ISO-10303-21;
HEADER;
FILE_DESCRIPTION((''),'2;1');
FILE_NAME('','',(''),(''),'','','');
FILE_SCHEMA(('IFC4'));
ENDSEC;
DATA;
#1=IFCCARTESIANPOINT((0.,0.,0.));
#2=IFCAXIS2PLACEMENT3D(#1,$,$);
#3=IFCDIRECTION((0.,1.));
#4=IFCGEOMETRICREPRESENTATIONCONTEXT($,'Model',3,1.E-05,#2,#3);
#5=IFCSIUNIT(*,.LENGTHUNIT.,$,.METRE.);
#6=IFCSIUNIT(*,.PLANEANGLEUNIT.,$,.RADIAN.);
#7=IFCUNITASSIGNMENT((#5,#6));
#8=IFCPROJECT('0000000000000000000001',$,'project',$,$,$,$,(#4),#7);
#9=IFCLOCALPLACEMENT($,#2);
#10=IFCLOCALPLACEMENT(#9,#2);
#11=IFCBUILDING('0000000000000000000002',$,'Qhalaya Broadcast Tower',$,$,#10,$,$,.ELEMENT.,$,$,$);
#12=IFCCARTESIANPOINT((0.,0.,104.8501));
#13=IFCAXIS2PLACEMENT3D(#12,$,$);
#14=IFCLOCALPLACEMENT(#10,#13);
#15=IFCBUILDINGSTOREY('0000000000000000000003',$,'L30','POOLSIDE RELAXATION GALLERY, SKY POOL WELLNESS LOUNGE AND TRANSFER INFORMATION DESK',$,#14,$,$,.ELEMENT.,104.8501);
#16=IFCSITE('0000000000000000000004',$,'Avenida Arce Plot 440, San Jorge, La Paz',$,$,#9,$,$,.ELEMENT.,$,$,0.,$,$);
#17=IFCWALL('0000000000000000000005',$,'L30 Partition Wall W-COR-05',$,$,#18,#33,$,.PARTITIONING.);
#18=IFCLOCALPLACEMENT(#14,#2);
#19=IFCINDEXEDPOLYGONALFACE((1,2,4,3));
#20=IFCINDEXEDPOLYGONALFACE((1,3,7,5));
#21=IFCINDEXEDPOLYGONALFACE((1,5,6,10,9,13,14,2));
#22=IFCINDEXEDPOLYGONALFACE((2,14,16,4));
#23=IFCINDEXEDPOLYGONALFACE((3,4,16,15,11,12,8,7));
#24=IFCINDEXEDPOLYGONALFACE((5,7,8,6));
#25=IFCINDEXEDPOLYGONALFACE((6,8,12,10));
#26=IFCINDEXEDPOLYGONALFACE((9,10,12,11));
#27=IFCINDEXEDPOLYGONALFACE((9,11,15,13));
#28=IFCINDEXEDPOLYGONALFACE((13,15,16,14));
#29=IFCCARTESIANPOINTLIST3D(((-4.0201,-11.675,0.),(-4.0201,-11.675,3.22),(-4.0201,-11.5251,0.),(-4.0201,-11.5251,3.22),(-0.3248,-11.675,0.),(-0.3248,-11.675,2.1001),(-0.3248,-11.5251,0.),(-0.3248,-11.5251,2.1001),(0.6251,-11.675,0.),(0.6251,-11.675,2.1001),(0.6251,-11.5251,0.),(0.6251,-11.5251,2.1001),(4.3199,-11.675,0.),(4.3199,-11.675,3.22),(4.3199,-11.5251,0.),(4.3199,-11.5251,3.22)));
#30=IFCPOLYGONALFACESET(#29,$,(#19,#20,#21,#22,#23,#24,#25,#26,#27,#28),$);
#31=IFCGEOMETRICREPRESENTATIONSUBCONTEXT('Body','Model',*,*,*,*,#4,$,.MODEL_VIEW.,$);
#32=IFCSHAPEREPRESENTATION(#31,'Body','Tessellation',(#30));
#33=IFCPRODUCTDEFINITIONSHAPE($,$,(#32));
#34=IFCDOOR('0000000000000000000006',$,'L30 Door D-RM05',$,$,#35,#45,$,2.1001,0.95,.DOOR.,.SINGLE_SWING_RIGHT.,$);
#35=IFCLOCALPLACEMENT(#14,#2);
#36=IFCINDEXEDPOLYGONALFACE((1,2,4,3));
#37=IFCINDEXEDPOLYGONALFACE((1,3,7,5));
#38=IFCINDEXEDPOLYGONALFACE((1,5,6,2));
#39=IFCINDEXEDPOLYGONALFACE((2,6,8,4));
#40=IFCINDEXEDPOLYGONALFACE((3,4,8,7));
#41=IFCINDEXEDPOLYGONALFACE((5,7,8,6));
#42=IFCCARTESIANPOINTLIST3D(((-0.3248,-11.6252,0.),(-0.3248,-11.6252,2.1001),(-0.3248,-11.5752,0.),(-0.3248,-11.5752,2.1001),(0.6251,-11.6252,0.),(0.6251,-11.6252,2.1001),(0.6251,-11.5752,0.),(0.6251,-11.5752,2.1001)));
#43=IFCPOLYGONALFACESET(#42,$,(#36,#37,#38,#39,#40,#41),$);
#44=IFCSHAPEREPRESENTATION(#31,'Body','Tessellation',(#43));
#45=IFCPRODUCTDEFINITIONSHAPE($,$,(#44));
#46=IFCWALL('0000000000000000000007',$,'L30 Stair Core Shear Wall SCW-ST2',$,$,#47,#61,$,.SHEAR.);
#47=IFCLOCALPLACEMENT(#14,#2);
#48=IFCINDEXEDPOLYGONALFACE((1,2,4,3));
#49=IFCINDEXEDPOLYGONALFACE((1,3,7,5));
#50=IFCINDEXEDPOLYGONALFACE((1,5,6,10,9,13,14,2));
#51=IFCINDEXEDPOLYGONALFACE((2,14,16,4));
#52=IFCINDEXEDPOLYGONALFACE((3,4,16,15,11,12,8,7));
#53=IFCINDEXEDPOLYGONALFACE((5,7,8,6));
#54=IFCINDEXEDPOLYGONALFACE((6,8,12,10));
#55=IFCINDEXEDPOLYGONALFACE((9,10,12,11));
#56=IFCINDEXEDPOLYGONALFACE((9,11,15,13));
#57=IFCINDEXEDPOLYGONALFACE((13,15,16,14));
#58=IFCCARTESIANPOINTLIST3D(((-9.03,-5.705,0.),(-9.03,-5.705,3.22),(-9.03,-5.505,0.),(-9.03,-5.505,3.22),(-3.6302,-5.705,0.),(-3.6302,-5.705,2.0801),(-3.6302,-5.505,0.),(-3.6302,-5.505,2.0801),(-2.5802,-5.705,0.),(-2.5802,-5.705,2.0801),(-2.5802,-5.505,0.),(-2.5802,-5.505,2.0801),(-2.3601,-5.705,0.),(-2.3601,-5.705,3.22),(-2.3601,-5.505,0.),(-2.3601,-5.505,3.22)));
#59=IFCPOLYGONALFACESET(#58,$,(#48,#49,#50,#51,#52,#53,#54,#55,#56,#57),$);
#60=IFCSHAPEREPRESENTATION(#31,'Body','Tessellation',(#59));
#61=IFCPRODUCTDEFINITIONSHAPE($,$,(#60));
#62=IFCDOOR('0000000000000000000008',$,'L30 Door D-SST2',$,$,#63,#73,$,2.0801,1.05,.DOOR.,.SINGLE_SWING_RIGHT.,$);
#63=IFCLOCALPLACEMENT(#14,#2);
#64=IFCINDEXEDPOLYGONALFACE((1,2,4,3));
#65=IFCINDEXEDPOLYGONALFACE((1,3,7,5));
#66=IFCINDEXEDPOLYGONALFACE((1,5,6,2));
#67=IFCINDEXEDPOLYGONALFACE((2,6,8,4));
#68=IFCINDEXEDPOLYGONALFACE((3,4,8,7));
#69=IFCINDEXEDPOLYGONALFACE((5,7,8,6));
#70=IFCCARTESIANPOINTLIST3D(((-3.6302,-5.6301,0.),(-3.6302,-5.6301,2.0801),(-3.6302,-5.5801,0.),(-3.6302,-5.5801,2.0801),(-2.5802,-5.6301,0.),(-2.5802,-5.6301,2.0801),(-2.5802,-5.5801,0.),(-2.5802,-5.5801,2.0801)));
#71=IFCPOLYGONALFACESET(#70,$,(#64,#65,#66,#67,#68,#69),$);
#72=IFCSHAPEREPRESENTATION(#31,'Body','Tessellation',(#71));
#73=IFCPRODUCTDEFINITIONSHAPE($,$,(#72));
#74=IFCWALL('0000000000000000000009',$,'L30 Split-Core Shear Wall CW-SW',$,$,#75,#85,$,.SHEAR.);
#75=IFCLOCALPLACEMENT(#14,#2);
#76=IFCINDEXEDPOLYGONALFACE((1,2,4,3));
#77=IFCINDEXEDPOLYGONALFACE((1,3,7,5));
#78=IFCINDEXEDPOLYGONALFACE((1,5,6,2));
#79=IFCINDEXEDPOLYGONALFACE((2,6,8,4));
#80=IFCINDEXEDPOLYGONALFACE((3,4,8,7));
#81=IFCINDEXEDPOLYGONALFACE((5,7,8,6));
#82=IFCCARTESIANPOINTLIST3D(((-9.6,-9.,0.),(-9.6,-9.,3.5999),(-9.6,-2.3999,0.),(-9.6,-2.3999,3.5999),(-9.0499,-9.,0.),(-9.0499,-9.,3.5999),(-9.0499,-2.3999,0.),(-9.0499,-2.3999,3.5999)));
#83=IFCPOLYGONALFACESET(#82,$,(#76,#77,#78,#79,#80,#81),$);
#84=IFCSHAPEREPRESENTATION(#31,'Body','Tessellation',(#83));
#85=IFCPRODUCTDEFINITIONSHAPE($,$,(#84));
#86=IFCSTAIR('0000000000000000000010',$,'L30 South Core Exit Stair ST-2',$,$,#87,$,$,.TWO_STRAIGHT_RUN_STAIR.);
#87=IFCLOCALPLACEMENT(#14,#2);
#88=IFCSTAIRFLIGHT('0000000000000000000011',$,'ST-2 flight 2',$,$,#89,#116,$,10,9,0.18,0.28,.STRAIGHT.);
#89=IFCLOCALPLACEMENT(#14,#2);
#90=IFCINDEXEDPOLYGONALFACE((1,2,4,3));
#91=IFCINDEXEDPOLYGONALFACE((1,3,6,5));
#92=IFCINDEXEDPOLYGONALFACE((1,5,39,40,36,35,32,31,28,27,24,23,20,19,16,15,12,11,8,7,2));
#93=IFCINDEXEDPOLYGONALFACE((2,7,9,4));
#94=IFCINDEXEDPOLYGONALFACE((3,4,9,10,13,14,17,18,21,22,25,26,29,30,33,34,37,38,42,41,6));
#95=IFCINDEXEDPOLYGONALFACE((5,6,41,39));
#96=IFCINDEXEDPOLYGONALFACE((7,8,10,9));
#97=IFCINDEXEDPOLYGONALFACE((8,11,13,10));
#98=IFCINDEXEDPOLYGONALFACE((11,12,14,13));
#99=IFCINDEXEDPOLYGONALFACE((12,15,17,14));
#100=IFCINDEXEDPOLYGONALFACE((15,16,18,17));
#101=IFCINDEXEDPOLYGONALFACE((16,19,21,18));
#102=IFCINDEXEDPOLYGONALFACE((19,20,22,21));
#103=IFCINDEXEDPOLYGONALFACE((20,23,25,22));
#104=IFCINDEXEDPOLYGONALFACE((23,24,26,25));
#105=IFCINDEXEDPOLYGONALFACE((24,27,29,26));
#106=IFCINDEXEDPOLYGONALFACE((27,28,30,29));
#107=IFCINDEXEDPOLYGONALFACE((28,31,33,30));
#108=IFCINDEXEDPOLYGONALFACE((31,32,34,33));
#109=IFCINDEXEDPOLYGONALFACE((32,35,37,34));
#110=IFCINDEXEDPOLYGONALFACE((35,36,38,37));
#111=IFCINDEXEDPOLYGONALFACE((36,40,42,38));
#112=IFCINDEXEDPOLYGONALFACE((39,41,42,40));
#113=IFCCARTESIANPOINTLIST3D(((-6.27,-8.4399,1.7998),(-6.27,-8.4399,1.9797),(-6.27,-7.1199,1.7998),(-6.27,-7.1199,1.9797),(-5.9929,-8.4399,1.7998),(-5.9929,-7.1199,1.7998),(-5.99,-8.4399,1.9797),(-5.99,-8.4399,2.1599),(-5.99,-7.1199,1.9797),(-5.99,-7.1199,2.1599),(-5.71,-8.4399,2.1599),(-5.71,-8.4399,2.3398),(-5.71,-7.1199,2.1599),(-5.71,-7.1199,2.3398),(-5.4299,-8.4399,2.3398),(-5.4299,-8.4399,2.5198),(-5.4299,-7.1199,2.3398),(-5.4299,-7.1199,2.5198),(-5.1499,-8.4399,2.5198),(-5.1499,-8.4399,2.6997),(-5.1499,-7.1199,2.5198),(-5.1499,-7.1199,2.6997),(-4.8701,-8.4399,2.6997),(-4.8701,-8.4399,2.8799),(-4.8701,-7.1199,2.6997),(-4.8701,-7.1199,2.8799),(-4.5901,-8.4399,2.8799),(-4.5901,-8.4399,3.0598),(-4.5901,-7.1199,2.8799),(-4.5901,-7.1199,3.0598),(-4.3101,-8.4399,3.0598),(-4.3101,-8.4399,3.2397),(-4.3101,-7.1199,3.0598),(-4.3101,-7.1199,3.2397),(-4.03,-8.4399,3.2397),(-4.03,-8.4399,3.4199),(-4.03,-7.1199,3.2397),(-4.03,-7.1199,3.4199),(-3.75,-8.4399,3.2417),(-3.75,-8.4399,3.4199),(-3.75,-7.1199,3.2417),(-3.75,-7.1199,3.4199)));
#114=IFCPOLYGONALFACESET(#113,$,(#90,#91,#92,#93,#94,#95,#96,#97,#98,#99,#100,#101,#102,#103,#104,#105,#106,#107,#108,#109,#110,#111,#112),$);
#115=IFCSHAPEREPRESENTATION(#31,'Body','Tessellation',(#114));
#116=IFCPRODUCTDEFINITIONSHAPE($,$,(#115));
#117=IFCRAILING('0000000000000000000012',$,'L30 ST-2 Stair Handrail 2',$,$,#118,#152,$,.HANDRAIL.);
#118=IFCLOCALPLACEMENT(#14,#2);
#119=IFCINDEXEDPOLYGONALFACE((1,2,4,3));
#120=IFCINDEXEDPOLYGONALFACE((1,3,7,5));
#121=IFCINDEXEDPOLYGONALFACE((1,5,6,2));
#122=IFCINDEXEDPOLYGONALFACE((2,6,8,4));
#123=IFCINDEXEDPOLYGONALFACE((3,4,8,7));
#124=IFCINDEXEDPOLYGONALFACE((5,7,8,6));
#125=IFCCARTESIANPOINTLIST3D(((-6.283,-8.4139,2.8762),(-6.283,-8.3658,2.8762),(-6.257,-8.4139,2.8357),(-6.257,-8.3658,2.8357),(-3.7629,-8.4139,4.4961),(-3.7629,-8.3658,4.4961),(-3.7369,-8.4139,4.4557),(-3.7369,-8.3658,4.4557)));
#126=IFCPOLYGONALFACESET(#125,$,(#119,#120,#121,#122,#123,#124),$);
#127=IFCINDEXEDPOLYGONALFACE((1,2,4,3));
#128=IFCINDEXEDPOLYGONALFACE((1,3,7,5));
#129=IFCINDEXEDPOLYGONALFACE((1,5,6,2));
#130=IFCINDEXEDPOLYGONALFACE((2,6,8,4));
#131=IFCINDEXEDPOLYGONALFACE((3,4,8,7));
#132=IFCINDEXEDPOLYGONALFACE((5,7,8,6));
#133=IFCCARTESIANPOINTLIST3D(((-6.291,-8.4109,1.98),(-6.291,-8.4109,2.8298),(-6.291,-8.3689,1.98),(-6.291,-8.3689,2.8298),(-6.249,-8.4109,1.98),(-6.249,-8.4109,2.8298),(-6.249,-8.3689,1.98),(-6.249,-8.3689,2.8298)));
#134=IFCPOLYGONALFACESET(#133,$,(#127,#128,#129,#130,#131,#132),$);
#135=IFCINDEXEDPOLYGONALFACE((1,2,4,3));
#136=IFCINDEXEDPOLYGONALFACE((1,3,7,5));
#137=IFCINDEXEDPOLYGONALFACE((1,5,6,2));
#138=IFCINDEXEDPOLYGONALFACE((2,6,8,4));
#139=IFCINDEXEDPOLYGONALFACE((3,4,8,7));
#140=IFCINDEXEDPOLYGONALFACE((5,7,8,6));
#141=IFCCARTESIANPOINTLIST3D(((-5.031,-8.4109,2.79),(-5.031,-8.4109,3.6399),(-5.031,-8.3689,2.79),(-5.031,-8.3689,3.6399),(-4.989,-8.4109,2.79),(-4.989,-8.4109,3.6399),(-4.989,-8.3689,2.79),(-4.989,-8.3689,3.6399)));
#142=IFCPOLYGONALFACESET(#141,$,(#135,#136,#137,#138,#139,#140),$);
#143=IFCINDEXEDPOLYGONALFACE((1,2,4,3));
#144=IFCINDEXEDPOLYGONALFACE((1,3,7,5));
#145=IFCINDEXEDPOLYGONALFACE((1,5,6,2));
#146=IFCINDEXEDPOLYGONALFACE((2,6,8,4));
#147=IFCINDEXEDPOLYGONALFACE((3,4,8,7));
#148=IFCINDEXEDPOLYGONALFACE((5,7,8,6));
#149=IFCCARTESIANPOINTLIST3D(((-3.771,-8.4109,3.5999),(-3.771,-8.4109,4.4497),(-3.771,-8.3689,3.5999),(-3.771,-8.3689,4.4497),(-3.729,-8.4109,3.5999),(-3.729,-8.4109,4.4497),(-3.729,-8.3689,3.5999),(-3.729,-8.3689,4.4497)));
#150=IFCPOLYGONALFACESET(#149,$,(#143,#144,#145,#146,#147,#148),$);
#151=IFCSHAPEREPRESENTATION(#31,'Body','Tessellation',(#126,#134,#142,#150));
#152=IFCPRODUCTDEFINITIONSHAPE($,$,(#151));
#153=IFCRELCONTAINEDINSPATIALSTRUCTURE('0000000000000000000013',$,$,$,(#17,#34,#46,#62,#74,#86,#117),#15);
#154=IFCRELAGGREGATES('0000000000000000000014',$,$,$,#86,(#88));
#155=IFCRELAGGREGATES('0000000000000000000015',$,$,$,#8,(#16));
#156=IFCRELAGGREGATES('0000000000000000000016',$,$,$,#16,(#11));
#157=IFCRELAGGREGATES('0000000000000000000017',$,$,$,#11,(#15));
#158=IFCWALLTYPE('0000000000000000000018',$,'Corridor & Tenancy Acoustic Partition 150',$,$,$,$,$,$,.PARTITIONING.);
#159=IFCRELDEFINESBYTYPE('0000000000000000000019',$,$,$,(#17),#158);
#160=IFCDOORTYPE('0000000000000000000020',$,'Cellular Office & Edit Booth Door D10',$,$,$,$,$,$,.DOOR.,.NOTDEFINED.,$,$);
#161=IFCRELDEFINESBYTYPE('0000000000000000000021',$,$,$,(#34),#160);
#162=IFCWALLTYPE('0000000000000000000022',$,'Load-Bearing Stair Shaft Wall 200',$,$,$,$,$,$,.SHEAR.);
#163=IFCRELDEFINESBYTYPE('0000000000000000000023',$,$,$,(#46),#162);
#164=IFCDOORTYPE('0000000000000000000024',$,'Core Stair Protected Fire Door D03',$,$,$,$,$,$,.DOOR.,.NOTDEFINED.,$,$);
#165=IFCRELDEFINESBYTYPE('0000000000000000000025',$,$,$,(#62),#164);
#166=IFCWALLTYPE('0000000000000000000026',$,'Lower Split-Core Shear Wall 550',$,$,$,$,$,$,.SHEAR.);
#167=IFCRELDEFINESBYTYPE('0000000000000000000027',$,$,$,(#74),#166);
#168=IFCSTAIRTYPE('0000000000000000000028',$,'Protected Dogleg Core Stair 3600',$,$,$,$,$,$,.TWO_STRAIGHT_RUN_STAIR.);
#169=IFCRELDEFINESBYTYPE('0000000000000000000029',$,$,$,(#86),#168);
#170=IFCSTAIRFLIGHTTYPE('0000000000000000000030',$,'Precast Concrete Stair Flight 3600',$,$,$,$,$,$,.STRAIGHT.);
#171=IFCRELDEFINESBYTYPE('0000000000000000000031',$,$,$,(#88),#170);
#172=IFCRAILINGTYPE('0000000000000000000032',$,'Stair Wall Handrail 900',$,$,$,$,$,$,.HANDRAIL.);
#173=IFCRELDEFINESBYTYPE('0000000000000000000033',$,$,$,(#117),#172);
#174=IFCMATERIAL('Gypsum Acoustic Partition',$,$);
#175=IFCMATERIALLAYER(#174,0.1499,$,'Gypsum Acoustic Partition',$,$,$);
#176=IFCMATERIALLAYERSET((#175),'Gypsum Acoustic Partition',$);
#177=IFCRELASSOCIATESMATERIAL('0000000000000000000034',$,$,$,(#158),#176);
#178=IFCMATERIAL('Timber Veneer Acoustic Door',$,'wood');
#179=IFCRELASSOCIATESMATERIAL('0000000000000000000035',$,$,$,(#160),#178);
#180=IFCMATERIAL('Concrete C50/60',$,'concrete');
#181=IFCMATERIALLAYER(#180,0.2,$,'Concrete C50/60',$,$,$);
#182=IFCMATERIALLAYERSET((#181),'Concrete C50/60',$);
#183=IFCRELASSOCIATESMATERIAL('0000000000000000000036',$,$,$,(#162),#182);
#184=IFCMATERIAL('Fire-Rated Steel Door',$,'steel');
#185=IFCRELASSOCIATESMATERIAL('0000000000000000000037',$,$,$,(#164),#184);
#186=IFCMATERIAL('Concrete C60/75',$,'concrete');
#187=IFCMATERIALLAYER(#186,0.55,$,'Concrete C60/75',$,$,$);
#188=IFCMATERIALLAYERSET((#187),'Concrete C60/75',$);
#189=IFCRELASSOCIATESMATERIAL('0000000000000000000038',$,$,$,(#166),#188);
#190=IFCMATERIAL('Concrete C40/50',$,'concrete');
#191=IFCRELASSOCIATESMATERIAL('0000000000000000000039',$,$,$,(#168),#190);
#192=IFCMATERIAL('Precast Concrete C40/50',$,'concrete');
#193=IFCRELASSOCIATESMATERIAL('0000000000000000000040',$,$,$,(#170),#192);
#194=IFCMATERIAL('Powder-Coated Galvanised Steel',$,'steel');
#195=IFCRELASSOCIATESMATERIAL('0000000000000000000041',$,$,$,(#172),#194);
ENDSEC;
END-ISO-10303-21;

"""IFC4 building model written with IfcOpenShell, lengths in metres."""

from ifc_helpers import new_model, si_unit, direction, frame, frame_2d, origin, origin_2d, place, context, subcontext, project, spatial, polyline, rectangle, outline, extrude, material, layer, layer_set, type_object, element, fill, aggregate, save


model = new_model("IFC4")

# Units and contexts
model_context = context("Model", 3, precision=1e-05, world=origin(), true_north=direction((0.0, 1.0)))
body_context = subcontext(model_context, "Body", "Model", "MODEL_VIEW")
ifc_project = project(units=[si_unit("LENGTHUNIT", "METRE"), si_unit("PLANEANGLEUNIT", "RADIAN")], contexts=[model_context])

# Site, building, storey
site_placement = place(None, origin())
site = spatial("IfcSite", under=ifc_project, at=site_placement, Name="Avenida Arce Plot 440, San Jorge, La Paz", CompositionType="ELEMENT", RefElevation=0.0)
building_placement = place(site_placement, origin())
building = spatial("IfcBuilding", under=site, at=building_placement, Name="Qhalaya Broadcast Tower", CompositionType="ELEMENT")
storey_placement = place(building_placement, frame((0.0, 0.0, 104.8501)))
storey = spatial("IfcBuildingStorey", under=building, at=storey_placement, Name="L30", Description="POOLSIDE RELAXATION GALLERY, SKY POOL WELLNESS LOUNGE AND TRANSFER INFORMATION DESK", CompositionType="ELEMENT", Elevation=104.8501)

# Shared definitions
ifc_material_1 = material(Name="Concrete C50/60", Category="concrete")

# Walls, openings, doors
ifc_material_2 = material(Name="Gypsum Acoustic Partition")
ifc_layer_1 = layer(ifc_material_2, 0.1499, Name="Gypsum Acoustic Partition")
ifc_layer_set_1 = layer_set([ifc_layer_1], Name="Gypsum Acoustic Partition")
wall_type_1 = type_object("IfcWallType", Name="Corridor & Tenancy Acoustic Partition 150", PredefinedType="PARTITIONING", material=ifc_layer_set_1)
wall_1_placement = place(storey_placement, frame((-4.02, -11.6001, 0.0), z_axis=(0.0, 0.0, 1.0), x_axis=(1.0, 0.0, 0.0)))
wall_1 = element("IfcWall", 1, at=wall_1_placement, inside=storey, type_object=wall_type_1, Name="L30 Partition Wall W-COR-05", PredefinedType="PARTITIONING", context=body_context, shape_type="SweptSolid", body=[
    extrude(rectangle(XDim=8.3401, YDim=0.1499, at=frame_2d((4.1699, 0.0))), origin(), (0.0, 0.0, 1.0), 3.22),
])
opening_1_placement = place(wall_1_placement, frame((3.6951, 0.0, 0.0)))
opening_1 = element("IfcOpeningElement", 2, at=opening_1_placement, cuts=wall_1, PredefinedType="OPENING", context=body_context, shape_type="SweptSolid", body=[
    extrude(rectangle(XDim=0.95, YDim=2.1001, at=frame_2d((0.4751, 1.05))), frame((0.0, 0.0869, 0.0), z_axis=(0.0, -1.0, 0.0), x_axis=(1.0, 0.0, 0.0)), (0.0, 0.0, 1.0), 0.1738),
])
ifc_material_3 = material(Name="Timber Veneer Acoustic Door", Category="wood")
door_type_1 = type_object("IfcDoorType", Name="Cellular Office & Edit Booth Door D10", OperationType="NOTDEFINED", PredefinedType="DOOR", material=ifc_material_3)
door_1_placement = place(opening_1_placement, origin())
door_1 = element("IfcDoor", 3, at=door_1_placement, inside=storey, type_object=door_type_1, Name="L30 Door D-RM05", OperationType="SINGLE_SWING_RIGHT", OverallHeight=2.1001, OverallWidth=0.95, PredefinedType="DOOR", context=body_context, shape_type="SweptSolid", body=[
    extrude(rectangle(XDim=0.95, YDim=2.1001, at=frame_2d((0.4751, 1.05))), frame((0.0, 0.0249, 0.0), z_axis=(0.0, -1.0, 0.0), x_axis=(1.0, 0.0, 0.0)), (0.0, 0.0, 1.0), 0.05),
])
fill(opening_1, door_1)
ifc_layer_2 = layer(ifc_material_1, 0.2, Name="Concrete C50/60")
ifc_layer_set_2 = layer_set([ifc_layer_2], Name="Concrete C50/60")
wall_type_2 = type_object("IfcWallType", Name="Load-Bearing Stair Shaft Wall 200", PredefinedType="SHEAR", material=ifc_layer_set_2)
wall_2_placement = place(storey_placement, frame((-9.03, -5.605, 0.0), z_axis=(0.0, 0.0, 1.0), x_axis=(1.0, 0.0, 0.0)))
wall_2 = element("IfcWall", 4, at=wall_2_placement, inside=storey, type_object=wall_type_2, Name="L30 Stair Core Shear Wall SCW-ST2", PredefinedType="SHEAR", context=body_context, shape_type="SweptSolid", body=[
    extrude(rectangle(XDim=6.6699, YDim=0.2, at=frame_2d((3.335, 0.0))), origin(), (0.0, 0.0, 1.0), 3.22),
])
opening_2_placement = place(wall_2_placement, frame((5.3999, 0.0, 0.0)))
opening_2 = element("IfcOpeningElement", 5, at=opening_2_placement, cuts=wall_2, PredefinedType="OPENING", context=body_context, shape_type="SweptSolid", body=[
    extrude(rectangle(XDim=1.05, YDim=2.0801, at=frame_2d((0.5249, 1.04))), frame((0.0, 0.1121, 0.0), z_axis=(0.0, -1.0, 0.0), x_axis=(1.0, 0.0, 0.0)), (0.0, 0.0, 1.0), 0.2239),
])
ifc_material_4 = material(Name="Fire-Rated Steel Door", Category="steel")
door_type_2 = type_object("IfcDoorType", Name="Core Stair Protected Fire Door D03", OperationType="NOTDEFINED", PredefinedType="DOOR", material=ifc_material_4)
door_2_placement = place(opening_2_placement, origin())
door_2 = element("IfcDoor", 6, at=door_2_placement, inside=storey, type_object=door_type_2, Name="L30 Door D-SST2", OperationType="SINGLE_SWING_RIGHT", OverallHeight=2.0801, OverallWidth=1.05, PredefinedType="DOOR", context=body_context, shape_type="SweptSolid", body=[
    extrude(rectangle(XDim=1.05, YDim=2.0801, at=frame_2d((0.5249, 1.04))), frame((0.0, 0.0249, 0.0), z_axis=(0.0, -1.0, 0.0), x_axis=(1.0, 0.0, 0.0)), (0.0, 0.0, 1.0), 0.05),
])
fill(opening_2, door_2)

# Shared definitions
ifc_material_5 = material(Name="Concrete C60/75", Category="concrete")
ifc_layer_3 = layer(ifc_material_5, 0.55, Name="Concrete C60/75")
ifc_layer_set_3 = layer_set([ifc_layer_3], Name="Concrete C60/75")
wall_type_3 = type_object("IfcWallType", Name="Lower Split-Core Shear Wall 550", PredefinedType="SHEAR", material=ifc_layer_set_3)

# Wall
wall_3_placement = place(storey_placement, frame((-9.325, -9.0, 0.0), z_axis=(0.0, 0.0, 1.0), x_axis=(0.0, 1.0, 0.0)))
element("IfcWall", 7, at=wall_3_placement, inside=storey, type_object=wall_type_3, Name="L30 Split-Core Shear Wall CW-SW", PredefinedType="SHEAR", context=body_context, shape_type="SweptSolid", body=[
    extrude(rectangle(XDim=6.6001, YDim=0.55, at=frame_2d((3.3, 0.0))), origin(), (0.0, 0.0, 1.0), 3.5999),
])

# Stair, stair flight
ifc_material_6 = material(Name="Concrete C40/50", Category="concrete")
stair_type = type_object("IfcStairType", Name="Protected Dogleg Core Stair 3600", PredefinedType="TWO_STRAIGHT_RUN_STAIR", material=ifc_material_6)
stair_placement = place(storey_placement, origin())
stair = element("IfcStair", 8, at=stair_placement, inside=storey, type_object=stair_type, Name="L30 South Core Exit Stair ST-2", PredefinedType="TWO_STRAIGHT_RUN_STAIR")
ifc_material_7 = material(Name="Precast Concrete C40/50", Category="concrete")
stair_flight_type = type_object("IfcStairFlightType", Name="Precast Concrete Stair Flight 3600", PredefinedType="STRAIGHT", material=ifc_material_7)
stair_flight_placement = place(storey_placement, frame((-6.27, -7.78, 1.7998), z_axis=(0.0, 0.0, 1.0), x_axis=(1.0, 0.0, 0.0)))
stair_flight = element("IfcStairFlight", 9, at=stair_flight_placement, type_object=stair_flight_type, Name="ST-2 flight 2", NumberOfRisers=10, NumberOfTreads=9, PredefinedType="STRAIGHT", RiserHeight=0.18, TreadLength=0.28, context=body_context, shape_type="SweptSolid", body=[
    extrude(outline(polyline([(0.0, 0.0), (0.0, 0.1799), (0.28, 0.1799), (0.28, 0.3601), (0.5601, 0.3601), (0.5601, 0.54), (0.8401, 0.54), (0.8401, 0.72), (1.1201, 0.72), (1.1201, 0.8999), (1.3999, 0.8999), (1.3999, 1.0801), (1.6799, 1.0801), (1.6799, 1.26), (1.96, 1.26), (1.96, 1.4399), (2.24, 1.4399), (2.24, 1.6201), (2.52, 1.6201), (2.52, 1.8), (2.52, 1.4419), (0.2771, 0.0), (0.0, 0.0)])), frame((0.0, 0.6602, 0.0), z_axis=(0.0, -1.0, 0.0), x_axis=(1.0, 0.0, 0.0)), (0.0, 0.0, 1.0), 1.3201),
])
aggregate(stair, [stair_flight])

# Railing
ifc_material_8 = material(Name="Powder-Coated Galvanised Steel", Category="steel")
railing_type_1 = type_object("IfcRailingType", Name="Stair Wall Handrail 900", PredefinedType="HANDRAIL", material=ifc_material_8)
railing_1_placement = place(storey_placement, frame((-6.27, -8.3899, 1.98)))
element("IfcRailing", 10, at=railing_1_placement, inside=storey, type_object=railing_type_1, Name="L30 ST-2 Stair Handrail 2", PredefinedType="HANDRAIL", context=body_context, shape_type="SweptSolid", body=[
    extrude(rectangle(XDim=0.0481, YDim=0.0481, at=origin_2d()), frame((0.0, 0.0, 0.876), z_axis=(0.8412, 0.0, 0.540725), x_axis=(0.0, 1.0, 0.0)), (0.0, 0.0, 1.0), 2.9958),
    extrude(rectangle(XDim=0.042, YDim=0.042, at=origin_2d()), origin(), (0.0, 0.0, 1.0), 0.8499),
    extrude(rectangle(XDim=0.042, YDim=0.042, at=origin_2d()), frame((1.26, 0.0, 0.8101)), (0.0, 0.0, 1.0), 0.8499),
    extrude(rectangle(XDim=0.042, YDim=0.042, at=origin_2d()), frame((2.52, 0.0, 1.6199)), (0.0, 0.0, 1.0), 0.8499),
])

save(model, "model.ifc")
